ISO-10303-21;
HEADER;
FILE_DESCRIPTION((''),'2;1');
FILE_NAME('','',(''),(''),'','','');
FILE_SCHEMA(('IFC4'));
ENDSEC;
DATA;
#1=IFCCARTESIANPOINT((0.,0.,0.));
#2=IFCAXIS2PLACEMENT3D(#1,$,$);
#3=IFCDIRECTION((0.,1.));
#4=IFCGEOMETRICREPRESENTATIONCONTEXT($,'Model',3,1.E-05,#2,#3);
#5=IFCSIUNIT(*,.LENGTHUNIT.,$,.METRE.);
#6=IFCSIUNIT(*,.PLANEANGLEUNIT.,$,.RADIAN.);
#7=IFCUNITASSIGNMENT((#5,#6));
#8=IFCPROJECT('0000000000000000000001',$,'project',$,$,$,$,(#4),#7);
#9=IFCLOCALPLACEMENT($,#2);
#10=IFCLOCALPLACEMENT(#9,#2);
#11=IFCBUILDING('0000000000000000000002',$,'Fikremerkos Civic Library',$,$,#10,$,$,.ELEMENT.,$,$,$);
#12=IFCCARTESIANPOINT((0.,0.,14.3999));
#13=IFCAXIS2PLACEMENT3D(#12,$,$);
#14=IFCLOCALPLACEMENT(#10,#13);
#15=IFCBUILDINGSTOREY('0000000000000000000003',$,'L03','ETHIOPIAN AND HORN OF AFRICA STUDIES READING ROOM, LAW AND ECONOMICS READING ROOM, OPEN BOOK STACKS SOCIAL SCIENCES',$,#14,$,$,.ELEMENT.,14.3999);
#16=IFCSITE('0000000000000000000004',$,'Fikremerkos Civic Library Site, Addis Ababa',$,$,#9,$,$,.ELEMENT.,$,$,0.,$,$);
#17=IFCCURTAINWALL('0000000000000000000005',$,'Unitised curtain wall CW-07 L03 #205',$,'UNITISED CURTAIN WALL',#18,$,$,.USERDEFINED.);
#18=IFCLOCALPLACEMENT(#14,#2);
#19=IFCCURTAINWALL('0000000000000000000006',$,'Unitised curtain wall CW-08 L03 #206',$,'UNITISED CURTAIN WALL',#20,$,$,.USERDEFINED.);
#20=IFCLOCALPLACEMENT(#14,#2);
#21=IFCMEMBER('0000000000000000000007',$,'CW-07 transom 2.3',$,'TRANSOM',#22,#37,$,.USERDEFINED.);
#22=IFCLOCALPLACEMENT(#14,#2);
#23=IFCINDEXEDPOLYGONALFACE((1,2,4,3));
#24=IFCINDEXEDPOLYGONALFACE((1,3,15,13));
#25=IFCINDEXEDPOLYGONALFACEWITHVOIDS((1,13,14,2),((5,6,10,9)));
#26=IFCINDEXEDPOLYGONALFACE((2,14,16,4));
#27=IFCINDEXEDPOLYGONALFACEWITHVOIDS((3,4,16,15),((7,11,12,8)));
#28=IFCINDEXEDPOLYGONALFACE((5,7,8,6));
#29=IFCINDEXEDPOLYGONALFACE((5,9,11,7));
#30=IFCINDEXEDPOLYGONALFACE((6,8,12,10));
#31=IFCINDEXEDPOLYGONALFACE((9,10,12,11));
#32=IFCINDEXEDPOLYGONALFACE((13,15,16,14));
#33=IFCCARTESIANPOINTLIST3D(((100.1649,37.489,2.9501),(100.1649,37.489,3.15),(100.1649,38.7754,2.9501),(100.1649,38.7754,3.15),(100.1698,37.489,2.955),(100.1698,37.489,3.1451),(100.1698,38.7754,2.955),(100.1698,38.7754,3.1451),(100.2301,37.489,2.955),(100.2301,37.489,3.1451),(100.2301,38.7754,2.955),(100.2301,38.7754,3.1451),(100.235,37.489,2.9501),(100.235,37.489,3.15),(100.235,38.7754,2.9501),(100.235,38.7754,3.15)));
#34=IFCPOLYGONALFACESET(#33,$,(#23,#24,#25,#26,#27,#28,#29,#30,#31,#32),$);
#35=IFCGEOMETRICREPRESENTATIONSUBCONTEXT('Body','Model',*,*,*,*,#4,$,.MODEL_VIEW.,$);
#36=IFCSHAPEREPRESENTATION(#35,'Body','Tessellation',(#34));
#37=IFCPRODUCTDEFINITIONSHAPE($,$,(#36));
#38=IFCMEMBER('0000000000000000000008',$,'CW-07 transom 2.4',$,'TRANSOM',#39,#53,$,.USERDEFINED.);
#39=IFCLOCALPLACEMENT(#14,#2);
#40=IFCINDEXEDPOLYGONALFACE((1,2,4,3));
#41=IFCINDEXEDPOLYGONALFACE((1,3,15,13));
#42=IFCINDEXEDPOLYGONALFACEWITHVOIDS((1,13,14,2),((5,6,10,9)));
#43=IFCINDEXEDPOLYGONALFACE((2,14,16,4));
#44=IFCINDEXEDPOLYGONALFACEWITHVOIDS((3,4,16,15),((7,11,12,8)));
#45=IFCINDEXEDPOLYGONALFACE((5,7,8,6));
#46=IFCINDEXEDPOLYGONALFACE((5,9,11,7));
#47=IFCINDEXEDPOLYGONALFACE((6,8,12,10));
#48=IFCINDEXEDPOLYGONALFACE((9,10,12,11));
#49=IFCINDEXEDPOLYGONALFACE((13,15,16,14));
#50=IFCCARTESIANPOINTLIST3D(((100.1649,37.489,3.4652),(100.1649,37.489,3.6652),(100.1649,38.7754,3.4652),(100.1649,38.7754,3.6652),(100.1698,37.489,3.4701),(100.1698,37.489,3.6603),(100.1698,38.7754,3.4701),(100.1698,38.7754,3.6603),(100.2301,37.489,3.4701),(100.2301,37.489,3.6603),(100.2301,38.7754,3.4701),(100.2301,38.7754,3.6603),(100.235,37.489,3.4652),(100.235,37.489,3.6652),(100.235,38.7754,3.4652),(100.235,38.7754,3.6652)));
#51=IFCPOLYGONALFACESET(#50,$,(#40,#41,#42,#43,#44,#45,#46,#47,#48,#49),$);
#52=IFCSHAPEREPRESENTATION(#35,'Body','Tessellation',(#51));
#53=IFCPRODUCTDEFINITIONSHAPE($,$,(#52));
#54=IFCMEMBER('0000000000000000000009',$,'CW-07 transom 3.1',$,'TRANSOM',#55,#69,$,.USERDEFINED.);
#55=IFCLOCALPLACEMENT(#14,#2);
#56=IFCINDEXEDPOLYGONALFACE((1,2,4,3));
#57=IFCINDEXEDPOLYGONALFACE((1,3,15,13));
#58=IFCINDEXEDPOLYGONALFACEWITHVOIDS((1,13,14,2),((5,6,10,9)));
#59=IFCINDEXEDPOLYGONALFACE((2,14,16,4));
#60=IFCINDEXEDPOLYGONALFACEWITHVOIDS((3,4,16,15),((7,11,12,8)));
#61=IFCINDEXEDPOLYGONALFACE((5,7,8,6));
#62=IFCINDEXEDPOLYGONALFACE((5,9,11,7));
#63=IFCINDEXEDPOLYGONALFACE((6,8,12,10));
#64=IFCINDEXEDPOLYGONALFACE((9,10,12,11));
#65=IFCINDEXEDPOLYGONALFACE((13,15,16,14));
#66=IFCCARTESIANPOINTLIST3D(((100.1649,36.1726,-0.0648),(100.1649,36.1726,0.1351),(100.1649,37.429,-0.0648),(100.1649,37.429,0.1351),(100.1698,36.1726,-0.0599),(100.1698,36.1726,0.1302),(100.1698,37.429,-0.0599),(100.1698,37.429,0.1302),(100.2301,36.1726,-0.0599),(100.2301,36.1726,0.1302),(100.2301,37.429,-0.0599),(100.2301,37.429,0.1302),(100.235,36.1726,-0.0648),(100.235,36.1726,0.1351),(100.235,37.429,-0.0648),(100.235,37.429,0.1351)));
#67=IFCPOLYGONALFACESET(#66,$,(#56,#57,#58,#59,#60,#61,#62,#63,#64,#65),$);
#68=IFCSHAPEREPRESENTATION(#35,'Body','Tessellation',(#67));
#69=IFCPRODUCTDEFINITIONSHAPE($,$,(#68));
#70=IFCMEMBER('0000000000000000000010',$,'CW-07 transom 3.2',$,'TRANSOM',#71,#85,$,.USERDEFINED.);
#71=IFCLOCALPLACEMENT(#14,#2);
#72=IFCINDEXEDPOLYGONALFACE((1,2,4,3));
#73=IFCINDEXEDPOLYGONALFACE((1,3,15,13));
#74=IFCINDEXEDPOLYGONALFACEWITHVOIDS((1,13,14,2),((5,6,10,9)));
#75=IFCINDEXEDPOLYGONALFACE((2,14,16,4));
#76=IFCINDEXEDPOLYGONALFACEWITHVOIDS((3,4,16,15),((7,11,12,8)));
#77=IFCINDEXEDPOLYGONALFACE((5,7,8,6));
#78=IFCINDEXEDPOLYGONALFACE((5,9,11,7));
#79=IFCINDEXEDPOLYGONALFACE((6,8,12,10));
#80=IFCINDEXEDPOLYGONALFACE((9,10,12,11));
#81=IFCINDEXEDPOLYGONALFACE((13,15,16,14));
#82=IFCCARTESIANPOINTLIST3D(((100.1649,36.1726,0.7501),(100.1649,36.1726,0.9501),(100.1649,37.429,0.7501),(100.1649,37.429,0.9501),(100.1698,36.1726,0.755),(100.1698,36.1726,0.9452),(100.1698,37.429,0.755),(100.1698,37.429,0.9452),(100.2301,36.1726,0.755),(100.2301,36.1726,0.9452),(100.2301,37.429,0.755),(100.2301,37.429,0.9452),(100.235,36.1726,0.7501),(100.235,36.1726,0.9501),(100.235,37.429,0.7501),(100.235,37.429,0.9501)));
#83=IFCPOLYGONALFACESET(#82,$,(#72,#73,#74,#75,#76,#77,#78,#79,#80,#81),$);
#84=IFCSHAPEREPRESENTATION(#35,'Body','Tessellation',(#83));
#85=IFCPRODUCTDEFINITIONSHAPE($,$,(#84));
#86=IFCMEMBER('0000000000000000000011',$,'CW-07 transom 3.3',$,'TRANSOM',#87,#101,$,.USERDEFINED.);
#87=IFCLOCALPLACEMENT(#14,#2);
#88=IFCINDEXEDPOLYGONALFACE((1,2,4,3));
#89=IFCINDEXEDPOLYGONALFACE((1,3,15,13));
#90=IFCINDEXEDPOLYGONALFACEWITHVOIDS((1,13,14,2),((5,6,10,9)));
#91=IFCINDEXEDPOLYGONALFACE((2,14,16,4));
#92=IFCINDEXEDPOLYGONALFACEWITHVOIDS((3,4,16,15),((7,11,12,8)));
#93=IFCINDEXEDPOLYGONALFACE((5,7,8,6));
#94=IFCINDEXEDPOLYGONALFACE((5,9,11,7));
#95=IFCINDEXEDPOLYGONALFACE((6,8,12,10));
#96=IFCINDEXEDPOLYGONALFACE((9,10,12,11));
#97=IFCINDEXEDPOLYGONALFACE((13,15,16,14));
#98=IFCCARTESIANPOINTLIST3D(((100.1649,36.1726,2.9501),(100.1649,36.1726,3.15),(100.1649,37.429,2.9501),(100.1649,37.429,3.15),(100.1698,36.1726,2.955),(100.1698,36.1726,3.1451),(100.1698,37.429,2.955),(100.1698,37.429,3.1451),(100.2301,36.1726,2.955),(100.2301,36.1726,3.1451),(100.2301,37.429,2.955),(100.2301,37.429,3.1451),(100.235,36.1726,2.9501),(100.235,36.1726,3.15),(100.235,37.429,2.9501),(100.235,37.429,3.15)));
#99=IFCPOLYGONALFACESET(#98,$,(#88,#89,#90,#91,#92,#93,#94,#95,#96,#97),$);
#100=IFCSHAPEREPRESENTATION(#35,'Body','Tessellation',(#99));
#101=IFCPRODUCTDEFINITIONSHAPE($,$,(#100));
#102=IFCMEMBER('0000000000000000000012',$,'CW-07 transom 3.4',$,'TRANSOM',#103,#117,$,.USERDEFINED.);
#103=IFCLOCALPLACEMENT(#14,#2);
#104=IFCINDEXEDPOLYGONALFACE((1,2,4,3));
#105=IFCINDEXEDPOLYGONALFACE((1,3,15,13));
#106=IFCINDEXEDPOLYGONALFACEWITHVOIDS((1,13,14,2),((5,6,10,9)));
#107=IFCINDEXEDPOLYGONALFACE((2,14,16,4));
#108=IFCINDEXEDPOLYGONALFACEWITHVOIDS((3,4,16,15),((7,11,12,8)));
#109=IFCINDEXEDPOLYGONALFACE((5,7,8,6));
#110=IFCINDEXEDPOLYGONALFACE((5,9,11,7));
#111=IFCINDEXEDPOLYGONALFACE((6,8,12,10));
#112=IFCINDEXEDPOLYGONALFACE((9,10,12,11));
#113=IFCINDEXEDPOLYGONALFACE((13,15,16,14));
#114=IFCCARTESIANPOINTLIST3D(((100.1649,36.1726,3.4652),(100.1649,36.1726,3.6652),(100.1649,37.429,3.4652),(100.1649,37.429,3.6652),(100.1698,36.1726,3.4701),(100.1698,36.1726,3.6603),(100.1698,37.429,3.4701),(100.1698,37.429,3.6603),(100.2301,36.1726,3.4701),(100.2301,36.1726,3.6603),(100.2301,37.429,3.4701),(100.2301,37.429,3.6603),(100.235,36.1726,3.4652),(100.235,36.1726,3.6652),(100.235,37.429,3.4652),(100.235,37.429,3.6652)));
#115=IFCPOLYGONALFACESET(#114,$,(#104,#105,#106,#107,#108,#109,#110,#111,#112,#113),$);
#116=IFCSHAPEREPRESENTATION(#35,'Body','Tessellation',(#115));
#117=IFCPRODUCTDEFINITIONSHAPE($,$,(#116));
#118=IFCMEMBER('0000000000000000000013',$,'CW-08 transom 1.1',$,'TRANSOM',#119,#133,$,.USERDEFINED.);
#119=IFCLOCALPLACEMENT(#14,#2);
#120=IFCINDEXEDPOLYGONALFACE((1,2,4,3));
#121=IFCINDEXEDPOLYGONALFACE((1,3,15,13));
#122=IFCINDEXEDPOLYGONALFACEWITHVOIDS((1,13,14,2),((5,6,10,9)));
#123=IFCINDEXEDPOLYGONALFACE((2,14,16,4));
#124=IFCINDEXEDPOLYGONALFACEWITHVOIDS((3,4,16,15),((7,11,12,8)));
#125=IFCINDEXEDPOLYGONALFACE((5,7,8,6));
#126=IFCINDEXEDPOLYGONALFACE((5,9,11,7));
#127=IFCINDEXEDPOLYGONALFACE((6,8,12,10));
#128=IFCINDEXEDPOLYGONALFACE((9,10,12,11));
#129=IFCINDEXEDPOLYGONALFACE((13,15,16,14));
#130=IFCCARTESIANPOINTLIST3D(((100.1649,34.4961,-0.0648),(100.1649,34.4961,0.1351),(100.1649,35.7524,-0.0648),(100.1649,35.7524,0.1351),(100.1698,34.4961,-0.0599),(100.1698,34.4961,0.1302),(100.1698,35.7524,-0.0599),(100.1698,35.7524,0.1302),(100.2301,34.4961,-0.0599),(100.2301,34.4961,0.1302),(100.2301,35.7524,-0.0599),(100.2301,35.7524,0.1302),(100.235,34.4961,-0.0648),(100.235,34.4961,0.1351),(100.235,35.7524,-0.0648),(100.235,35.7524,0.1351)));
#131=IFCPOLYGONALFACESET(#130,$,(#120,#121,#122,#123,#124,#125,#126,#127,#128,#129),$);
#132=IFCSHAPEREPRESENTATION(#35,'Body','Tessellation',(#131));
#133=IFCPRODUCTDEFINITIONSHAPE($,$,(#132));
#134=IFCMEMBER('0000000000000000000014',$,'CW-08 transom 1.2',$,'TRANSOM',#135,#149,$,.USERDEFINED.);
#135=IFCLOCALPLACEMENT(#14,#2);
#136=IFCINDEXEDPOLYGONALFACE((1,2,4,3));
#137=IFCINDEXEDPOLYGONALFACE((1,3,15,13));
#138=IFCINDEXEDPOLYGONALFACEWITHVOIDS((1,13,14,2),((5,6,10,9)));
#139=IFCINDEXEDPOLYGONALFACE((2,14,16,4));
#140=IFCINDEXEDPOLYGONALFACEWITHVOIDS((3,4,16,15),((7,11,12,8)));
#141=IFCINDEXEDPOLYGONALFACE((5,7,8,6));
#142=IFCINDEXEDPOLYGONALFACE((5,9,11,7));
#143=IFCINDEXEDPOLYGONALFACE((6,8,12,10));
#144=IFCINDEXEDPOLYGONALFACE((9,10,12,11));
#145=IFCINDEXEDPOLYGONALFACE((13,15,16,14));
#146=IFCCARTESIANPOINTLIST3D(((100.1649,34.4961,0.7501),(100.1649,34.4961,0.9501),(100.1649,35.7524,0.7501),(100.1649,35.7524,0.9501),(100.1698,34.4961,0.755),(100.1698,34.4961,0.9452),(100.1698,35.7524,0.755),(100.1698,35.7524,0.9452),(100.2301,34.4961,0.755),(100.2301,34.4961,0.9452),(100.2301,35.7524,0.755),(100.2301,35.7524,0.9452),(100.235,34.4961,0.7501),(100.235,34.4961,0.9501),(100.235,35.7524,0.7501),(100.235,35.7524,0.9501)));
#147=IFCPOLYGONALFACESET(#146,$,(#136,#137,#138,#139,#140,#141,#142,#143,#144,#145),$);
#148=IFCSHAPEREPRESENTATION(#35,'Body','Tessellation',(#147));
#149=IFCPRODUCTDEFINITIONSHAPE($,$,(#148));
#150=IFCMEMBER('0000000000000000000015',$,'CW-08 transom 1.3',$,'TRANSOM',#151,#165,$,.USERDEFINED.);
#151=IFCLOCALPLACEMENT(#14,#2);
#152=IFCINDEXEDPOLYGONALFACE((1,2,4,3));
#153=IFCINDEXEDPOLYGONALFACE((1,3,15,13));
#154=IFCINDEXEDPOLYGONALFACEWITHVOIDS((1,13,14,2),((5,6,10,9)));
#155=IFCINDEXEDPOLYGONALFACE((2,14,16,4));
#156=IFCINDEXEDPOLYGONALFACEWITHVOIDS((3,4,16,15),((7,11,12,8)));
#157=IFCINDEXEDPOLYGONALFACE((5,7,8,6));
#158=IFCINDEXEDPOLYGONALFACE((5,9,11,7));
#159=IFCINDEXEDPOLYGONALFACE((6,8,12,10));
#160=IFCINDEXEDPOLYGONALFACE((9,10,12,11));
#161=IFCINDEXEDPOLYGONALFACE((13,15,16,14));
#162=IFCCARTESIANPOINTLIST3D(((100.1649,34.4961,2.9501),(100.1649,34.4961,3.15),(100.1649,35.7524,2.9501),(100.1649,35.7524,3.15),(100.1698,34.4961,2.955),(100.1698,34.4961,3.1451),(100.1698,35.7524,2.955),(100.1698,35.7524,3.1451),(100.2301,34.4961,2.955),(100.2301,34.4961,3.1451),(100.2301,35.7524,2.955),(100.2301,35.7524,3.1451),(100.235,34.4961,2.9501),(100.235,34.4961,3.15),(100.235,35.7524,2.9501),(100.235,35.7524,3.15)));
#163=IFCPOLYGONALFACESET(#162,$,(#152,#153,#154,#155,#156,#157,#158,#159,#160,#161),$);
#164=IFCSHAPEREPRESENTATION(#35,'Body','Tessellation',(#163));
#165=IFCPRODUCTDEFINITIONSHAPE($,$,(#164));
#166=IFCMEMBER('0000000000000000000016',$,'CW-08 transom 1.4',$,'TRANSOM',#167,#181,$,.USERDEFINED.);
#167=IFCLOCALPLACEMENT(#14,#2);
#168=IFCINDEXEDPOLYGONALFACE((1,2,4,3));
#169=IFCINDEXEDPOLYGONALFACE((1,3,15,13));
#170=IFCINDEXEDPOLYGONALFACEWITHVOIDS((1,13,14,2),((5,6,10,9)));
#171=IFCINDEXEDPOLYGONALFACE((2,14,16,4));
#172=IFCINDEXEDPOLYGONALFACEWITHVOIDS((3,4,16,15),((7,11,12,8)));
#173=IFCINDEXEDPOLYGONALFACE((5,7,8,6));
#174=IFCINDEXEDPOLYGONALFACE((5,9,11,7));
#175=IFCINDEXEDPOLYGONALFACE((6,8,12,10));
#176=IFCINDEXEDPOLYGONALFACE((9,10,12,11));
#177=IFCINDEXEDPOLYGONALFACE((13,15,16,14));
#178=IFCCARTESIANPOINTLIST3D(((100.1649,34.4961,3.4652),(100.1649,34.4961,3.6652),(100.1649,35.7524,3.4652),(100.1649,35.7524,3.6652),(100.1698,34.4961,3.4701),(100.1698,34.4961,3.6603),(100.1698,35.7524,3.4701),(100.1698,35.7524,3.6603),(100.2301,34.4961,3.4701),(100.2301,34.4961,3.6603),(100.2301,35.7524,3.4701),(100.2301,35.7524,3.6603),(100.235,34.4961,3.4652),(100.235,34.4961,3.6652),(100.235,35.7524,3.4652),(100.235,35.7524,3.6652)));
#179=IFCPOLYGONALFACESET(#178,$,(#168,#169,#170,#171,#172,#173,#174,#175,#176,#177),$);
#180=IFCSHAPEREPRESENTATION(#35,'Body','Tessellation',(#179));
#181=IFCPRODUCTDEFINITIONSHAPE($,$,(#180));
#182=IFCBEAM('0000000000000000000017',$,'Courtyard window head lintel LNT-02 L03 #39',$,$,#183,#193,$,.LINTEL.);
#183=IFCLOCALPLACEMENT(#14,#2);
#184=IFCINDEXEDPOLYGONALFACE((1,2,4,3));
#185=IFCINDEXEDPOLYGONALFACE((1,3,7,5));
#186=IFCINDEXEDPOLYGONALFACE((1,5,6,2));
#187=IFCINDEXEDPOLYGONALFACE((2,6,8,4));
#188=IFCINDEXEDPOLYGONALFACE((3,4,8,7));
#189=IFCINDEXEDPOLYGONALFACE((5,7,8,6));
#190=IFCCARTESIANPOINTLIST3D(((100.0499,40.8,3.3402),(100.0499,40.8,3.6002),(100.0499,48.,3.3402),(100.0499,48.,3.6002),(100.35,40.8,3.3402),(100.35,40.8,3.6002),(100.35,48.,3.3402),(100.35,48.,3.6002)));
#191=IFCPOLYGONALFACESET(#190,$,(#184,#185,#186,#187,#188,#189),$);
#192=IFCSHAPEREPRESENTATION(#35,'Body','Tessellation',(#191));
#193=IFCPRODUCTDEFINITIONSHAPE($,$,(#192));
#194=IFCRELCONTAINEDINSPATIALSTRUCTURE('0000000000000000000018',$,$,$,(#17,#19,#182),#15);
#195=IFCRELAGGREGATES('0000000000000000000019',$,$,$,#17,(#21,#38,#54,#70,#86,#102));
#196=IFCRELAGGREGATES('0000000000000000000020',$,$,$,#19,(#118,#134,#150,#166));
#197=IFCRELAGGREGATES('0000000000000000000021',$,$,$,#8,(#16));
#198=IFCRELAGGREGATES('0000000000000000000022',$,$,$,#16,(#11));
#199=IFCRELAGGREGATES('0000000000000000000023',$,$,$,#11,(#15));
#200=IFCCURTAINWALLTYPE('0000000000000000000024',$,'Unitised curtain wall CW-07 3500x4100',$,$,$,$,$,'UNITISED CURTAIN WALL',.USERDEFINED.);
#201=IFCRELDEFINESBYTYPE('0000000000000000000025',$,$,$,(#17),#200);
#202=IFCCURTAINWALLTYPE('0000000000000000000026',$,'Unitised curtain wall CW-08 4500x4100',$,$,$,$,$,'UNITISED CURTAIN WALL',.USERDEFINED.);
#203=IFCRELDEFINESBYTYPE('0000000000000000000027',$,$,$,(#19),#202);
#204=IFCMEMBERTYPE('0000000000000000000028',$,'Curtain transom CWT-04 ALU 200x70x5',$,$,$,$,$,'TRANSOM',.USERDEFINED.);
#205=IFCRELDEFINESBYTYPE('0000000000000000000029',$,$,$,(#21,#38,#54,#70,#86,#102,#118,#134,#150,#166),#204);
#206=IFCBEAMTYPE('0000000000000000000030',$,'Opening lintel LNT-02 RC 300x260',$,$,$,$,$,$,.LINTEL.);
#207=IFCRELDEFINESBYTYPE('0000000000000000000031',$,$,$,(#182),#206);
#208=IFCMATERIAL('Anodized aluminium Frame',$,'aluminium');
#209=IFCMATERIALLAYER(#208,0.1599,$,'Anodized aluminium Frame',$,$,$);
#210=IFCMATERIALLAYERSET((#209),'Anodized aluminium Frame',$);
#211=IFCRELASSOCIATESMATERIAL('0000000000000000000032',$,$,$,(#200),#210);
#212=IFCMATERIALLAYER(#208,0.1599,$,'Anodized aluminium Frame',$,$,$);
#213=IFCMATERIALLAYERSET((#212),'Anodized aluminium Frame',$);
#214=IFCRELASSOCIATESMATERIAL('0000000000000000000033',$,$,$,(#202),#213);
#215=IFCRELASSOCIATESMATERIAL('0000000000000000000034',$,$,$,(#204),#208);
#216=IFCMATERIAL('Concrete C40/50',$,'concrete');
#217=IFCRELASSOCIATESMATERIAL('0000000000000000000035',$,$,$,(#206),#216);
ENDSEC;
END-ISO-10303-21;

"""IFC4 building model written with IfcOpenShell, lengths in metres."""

from ifc_helpers import new_model, si_unit, direction, frame, origin, origin_2d, place, context, subcontext, project, spatial, rectangle, hollow_rectangle, extrude, material, layer, layer_set, material_profile, profile_set, type_object, element, aggregate, save


model = new_model("IFC4")

# Units and contexts
model_context = context("Model", 3, precision=1e-05, world=origin(), true_north=direction((0.0, 1.0)))
body_context = subcontext(model_context, "Body", "Model", "MODEL_VIEW")
ifc_project = project(units=[si_unit("LENGTHUNIT", "METRE"), si_unit("PLANEANGLEUNIT", "RADIAN")], contexts=[model_context])

# Site, building, storey
site_placement = place(None, origin())
site = spatial("IfcSite", under=ifc_project, at=site_placement, Name="Fikremerkos Civic Library Site, Addis Ababa", CompositionType="ELEMENT", RefElevation=0.0)
building_placement = place(site_placement, origin())
building = spatial("IfcBuilding", under=site, at=building_placement, Name="Fikremerkos Civic Library", CompositionType="ELEMENT")
storey_placement = place(building_placement, frame((0.0, 0.0, 14.3999)))
storey = spatial("IfcBuildingStorey", under=building, at=storey_placement, Name="L03", Description="ETHIOPIAN AND HORN OF AFRICA STUDIES READING ROOM, LAW AND ECONOMICS READING ROOM, OPEN BOOK STACKS SOCIAL SCIENCES", CompositionType="ELEMENT", Elevation=14.3999)

# Curtain wall
ifc_material_1 = material(Name="Anodized aluminium Frame", Category="aluminium")
ifc_layer_1 = layer(ifc_material_1, 0.1599, Name="Anodized aluminium Frame")
ifc_layer_set_1 = layer_set([ifc_layer_1], Name="Anodized aluminium Frame")
curtain_wall_type_1 = type_object("IfcCurtainWallType", Name="Unitised curtain wall CW-07 3500x4100", ElementType="UNITISED CURTAIN WALL", PredefinedType="USERDEFINED", material=ifc_layer_set_1)
curtain_wall_1_placement = place(storey_placement, origin())
curtain_wall_1 = element("IfcCurtainWall", 1, at=curtain_wall_1_placement, inside=storey, type_object=curtain_wall_type_1, Name="Unitised curtain wall CW-07 L03 #205", ObjectType="UNITISED CURTAIN WALL", PredefinedType="USERDEFINED")

# Curtain wall
ifc_layer_2 = layer(ifc_material_1, 0.1599, Name="Anodized aluminium Frame")
ifc_layer_set_2 = layer_set([ifc_layer_2], Name="Anodized aluminium Frame")
curtain_wall_type_2 = type_object("IfcCurtainWallType", Name="Unitised curtain wall CW-08 4500x4100", ElementType="UNITISED CURTAIN WALL", PredefinedType="USERDEFINED", material=ifc_layer_set_2)
curtain_wall_2_placement = place(storey_placement, origin())
curtain_wall_2 = element("IfcCurtainWall", 2, at=curtain_wall_2_placement, inside=storey, type_object=curtain_wall_type_2, Name="Unitised curtain wall CW-08 L03 #206", ObjectType="UNITISED CURTAIN WALL", PredefinedType="USERDEFINED")

# Members
ifc_material_profile_1 = material_profile(ifc_material_1, hollow_rectangle(XDim=0.0701, YDim=0.2, WallThickness=0.0049, at=origin_2d()), Name="ALU 200x70x5")
ifc_profile_set_1 = profile_set([ifc_material_profile_1], Name="Anodized aluminium Frame")
member_type_1 = type_object("IfcMemberType", Name="Curtain transom CWT-04 ALU 200x70x5", ElementType="TRANSOM", PredefinedType="USERDEFINED", material=ifc_profile_set_1)
member_1_placement = place(storey_placement, frame((100.2, 38.7754, 3.05), z_axis=(0.0, -1.0, 0.0), x_axis=(1.0, 0.0, 0.0)))
member_1 = element("IfcMember", 3, at=member_1_placement, type_object=member_type_1, Name="CW-07 transom 2.3", ObjectType="TRANSOM", PredefinedType="USERDEFINED", context=body_context, shape_type="SweptSolid", body=[
    extrude(hollow_rectangle(XDim=0.0701, YDim=0.2, WallThickness=0.0049, at=origin_2d()), origin(), (0.0, 0.0, 1.0), 1.2864),
])
member_2_placement = place(storey_placement, frame((100.2, 38.7754, 3.5652), z_axis=(0.0, -1.0, 0.0), x_axis=(1.0, 0.0, 0.0)))
member_2 = element("IfcMember", 4, at=member_2_placement, type_object=member_type_1, Name="CW-07 transom 2.4", ObjectType="TRANSOM", PredefinedType="USERDEFINED", context=body_context, shape_type="SweptSolid", body=[
    extrude(hollow_rectangle(XDim=0.0701, YDim=0.2, WallThickness=0.0049, at=origin_2d()), origin(), (0.0, 0.0, 1.0), 1.2864),
])
member_3_placement = place(storey_placement, frame((100.2, 37.429, 0.0352), z_axis=(0.0, -1.0, 0.0), x_axis=(1.0, 0.0, 0.0)))
member_3 = element("IfcMember", 5, at=member_3_placement, type_object=member_type_1, Name="CW-07 transom 3.1", ObjectType="TRANSOM", PredefinedType="USERDEFINED", context=body_context, shape_type="SweptSolid", body=[
    extrude(hollow_rectangle(XDim=0.0701, YDim=0.2, WallThickness=0.0049, at=origin_2d()), origin(), (0.0, 0.0, 1.0), 1.2563),
])
member_4_placement = place(storey_placement, frame((100.2, 37.429, 0.8501), z_axis=(0.0, -1.0, 0.0), x_axis=(1.0, 0.0, 0.0)))
member_4 = element("IfcMember", 6, at=member_4_placement, type_object=member_type_1, Name="CW-07 transom 3.2", ObjectType="TRANSOM", PredefinedType="USERDEFINED", context=body_context, shape_type="SweptSolid", body=[
    extrude(hollow_rectangle(XDim=0.0701, YDim=0.2, WallThickness=0.0049, at=origin_2d()), origin(), (0.0, 0.0, 1.0), 1.2563),
])
member_5_placement = place(storey_placement, frame((100.2, 37.429, 3.05), z_axis=(0.0, -1.0, 0.0), x_axis=(1.0, 0.0, 0.0)))
member_5 = element("IfcMember", 7, at=member_5_placement, type_object=member_type_1, Name="CW-07 transom 3.3", ObjectType="TRANSOM", PredefinedType="USERDEFINED", context=body_context, shape_type="SweptSolid", body=[
    extrude(hollow_rectangle(XDim=0.0701, YDim=0.2, WallThickness=0.0049, at=origin_2d()), origin(), (0.0, 0.0, 1.0), 1.2563),
])
member_6_placement = place(storey_placement, frame((100.2, 37.429, 3.5652), z_axis=(0.0, -1.0, 0.0), x_axis=(1.0, 0.0, 0.0)))
member_6 = element("IfcMember", 8, at=member_6_placement, type_object=member_type_1, Name="CW-07 transom 3.4", ObjectType="TRANSOM", PredefinedType="USERDEFINED", context=body_context, shape_type="SweptSolid", body=[
    extrude(hollow_rectangle(XDim=0.0701, YDim=0.2, WallThickness=0.0049, at=origin_2d()), origin(), (0.0, 0.0, 1.0), 1.2563),
])
member_7_placement = place(storey_placement, frame((100.2, 35.7524, 0.0352), z_axis=(0.0, -1.0, 0.0), x_axis=(1.0, 0.0, 0.0)))
member_7 = element("IfcMember", 9, at=member_7_placement, type_object=member_type_1, Name="CW-08 transom 1.1", ObjectType="TRANSOM", PredefinedType="USERDEFINED", context=body_context, shape_type="SweptSolid", body=[
    extrude(hollow_rectangle(XDim=0.0701, YDim=0.2, WallThickness=0.0049, at=origin_2d()), origin(), (0.0, 0.0, 1.0), 1.2563),
])
member_8_placement = place(storey_placement, frame((100.2, 35.7524, 0.8501), z_axis=(0.0, -1.0, 0.0), x_axis=(1.0, 0.0, 0.0)))
member_8 = element("IfcMember", 10, at=member_8_placement, type_object=member_type_1, Name="CW-08 transom 1.2", ObjectType="TRANSOM", PredefinedType="USERDEFINED", context=body_context, shape_type="SweptSolid", body=[
    extrude(hollow_rectangle(XDim=0.0701, YDim=0.2, WallThickness=0.0049, at=origin_2d()), origin(), (0.0, 0.0, 1.0), 1.2563),
])
member_9_placement = place(storey_placement, frame((100.2, 35.7524, 3.05), z_axis=(0.0, -1.0, 0.0), x_axis=(1.0, 0.0, 0.0)))
member_9 = element("IfcMember", 11, at=member_9_placement, type_object=member_type_1, Name="CW-08 transom 1.3", ObjectType="TRANSOM", PredefinedType="USERDEFINED", context=body_context, shape_type="SweptSolid", body=[
    extrude(hollow_rectangle(XDim=0.0701, YDim=0.2, WallThickness=0.0049, at=origin_2d()), origin(), (0.0, 0.0, 1.0), 1.2563),
])
member_10_placement = place(storey_placement, frame((100.2, 35.7524, 3.5652), z_axis=(0.0, -1.0, 0.0), x_axis=(1.0, 0.0, 0.0)))
member_10 = element("IfcMember", 12, at=member_10_placement, type_object=member_type_1, Name="CW-08 transom 1.4", ObjectType="TRANSOM", PredefinedType="USERDEFINED", context=body_context, shape_type="SweptSolid", body=[
    extrude(hollow_rectangle(XDim=0.0701, YDim=0.2, WallThickness=0.0049, at=origin_2d()), origin(), (0.0, 0.0, 1.0), 1.2563),
])

# Beam
ifc_material_2 = material(Name="Concrete C40/50", Category="concrete")
ifc_material_profile_2 = material_profile(ifc_material_2, rectangle(XDim=0.3, YDim=0.26, at=origin_2d()), Name="RC 300x260")
ifc_profile_set_2 = profile_set([ifc_material_profile_2], Name="Concrete C40/50")
beam_type = type_object("IfcBeamType", Name="Opening lintel LNT-02 RC 300x260", PredefinedType="LINTEL", material=ifc_profile_set_2)
beam_placement = place(storey_placement, frame((100.2, 48.0, 3.4702), z_axis=(0.0, -1.0, 0.0), x_axis=(1.0, 0.0, 0.0)))
element("IfcBeam", 13, at=beam_placement, inside=storey, type_object=beam_type, Name="Courtyard window head lintel LNT-02 L03 #39", PredefinedType="LINTEL", context=body_context, shape_type="SweptSolid", body=[
    extrude(rectangle(XDim=0.3, YDim=0.26, at=origin_2d()), origin(), (0.0, 0.0, 1.0), 7.2),
])

aggregate(curtain_wall_1, [member_1, member_2, member_3, member_4, member_5, member_6])
aggregate(curtain_wall_2, [member_7, member_8, member_9, member_10])

save(model, "model.ifc")
